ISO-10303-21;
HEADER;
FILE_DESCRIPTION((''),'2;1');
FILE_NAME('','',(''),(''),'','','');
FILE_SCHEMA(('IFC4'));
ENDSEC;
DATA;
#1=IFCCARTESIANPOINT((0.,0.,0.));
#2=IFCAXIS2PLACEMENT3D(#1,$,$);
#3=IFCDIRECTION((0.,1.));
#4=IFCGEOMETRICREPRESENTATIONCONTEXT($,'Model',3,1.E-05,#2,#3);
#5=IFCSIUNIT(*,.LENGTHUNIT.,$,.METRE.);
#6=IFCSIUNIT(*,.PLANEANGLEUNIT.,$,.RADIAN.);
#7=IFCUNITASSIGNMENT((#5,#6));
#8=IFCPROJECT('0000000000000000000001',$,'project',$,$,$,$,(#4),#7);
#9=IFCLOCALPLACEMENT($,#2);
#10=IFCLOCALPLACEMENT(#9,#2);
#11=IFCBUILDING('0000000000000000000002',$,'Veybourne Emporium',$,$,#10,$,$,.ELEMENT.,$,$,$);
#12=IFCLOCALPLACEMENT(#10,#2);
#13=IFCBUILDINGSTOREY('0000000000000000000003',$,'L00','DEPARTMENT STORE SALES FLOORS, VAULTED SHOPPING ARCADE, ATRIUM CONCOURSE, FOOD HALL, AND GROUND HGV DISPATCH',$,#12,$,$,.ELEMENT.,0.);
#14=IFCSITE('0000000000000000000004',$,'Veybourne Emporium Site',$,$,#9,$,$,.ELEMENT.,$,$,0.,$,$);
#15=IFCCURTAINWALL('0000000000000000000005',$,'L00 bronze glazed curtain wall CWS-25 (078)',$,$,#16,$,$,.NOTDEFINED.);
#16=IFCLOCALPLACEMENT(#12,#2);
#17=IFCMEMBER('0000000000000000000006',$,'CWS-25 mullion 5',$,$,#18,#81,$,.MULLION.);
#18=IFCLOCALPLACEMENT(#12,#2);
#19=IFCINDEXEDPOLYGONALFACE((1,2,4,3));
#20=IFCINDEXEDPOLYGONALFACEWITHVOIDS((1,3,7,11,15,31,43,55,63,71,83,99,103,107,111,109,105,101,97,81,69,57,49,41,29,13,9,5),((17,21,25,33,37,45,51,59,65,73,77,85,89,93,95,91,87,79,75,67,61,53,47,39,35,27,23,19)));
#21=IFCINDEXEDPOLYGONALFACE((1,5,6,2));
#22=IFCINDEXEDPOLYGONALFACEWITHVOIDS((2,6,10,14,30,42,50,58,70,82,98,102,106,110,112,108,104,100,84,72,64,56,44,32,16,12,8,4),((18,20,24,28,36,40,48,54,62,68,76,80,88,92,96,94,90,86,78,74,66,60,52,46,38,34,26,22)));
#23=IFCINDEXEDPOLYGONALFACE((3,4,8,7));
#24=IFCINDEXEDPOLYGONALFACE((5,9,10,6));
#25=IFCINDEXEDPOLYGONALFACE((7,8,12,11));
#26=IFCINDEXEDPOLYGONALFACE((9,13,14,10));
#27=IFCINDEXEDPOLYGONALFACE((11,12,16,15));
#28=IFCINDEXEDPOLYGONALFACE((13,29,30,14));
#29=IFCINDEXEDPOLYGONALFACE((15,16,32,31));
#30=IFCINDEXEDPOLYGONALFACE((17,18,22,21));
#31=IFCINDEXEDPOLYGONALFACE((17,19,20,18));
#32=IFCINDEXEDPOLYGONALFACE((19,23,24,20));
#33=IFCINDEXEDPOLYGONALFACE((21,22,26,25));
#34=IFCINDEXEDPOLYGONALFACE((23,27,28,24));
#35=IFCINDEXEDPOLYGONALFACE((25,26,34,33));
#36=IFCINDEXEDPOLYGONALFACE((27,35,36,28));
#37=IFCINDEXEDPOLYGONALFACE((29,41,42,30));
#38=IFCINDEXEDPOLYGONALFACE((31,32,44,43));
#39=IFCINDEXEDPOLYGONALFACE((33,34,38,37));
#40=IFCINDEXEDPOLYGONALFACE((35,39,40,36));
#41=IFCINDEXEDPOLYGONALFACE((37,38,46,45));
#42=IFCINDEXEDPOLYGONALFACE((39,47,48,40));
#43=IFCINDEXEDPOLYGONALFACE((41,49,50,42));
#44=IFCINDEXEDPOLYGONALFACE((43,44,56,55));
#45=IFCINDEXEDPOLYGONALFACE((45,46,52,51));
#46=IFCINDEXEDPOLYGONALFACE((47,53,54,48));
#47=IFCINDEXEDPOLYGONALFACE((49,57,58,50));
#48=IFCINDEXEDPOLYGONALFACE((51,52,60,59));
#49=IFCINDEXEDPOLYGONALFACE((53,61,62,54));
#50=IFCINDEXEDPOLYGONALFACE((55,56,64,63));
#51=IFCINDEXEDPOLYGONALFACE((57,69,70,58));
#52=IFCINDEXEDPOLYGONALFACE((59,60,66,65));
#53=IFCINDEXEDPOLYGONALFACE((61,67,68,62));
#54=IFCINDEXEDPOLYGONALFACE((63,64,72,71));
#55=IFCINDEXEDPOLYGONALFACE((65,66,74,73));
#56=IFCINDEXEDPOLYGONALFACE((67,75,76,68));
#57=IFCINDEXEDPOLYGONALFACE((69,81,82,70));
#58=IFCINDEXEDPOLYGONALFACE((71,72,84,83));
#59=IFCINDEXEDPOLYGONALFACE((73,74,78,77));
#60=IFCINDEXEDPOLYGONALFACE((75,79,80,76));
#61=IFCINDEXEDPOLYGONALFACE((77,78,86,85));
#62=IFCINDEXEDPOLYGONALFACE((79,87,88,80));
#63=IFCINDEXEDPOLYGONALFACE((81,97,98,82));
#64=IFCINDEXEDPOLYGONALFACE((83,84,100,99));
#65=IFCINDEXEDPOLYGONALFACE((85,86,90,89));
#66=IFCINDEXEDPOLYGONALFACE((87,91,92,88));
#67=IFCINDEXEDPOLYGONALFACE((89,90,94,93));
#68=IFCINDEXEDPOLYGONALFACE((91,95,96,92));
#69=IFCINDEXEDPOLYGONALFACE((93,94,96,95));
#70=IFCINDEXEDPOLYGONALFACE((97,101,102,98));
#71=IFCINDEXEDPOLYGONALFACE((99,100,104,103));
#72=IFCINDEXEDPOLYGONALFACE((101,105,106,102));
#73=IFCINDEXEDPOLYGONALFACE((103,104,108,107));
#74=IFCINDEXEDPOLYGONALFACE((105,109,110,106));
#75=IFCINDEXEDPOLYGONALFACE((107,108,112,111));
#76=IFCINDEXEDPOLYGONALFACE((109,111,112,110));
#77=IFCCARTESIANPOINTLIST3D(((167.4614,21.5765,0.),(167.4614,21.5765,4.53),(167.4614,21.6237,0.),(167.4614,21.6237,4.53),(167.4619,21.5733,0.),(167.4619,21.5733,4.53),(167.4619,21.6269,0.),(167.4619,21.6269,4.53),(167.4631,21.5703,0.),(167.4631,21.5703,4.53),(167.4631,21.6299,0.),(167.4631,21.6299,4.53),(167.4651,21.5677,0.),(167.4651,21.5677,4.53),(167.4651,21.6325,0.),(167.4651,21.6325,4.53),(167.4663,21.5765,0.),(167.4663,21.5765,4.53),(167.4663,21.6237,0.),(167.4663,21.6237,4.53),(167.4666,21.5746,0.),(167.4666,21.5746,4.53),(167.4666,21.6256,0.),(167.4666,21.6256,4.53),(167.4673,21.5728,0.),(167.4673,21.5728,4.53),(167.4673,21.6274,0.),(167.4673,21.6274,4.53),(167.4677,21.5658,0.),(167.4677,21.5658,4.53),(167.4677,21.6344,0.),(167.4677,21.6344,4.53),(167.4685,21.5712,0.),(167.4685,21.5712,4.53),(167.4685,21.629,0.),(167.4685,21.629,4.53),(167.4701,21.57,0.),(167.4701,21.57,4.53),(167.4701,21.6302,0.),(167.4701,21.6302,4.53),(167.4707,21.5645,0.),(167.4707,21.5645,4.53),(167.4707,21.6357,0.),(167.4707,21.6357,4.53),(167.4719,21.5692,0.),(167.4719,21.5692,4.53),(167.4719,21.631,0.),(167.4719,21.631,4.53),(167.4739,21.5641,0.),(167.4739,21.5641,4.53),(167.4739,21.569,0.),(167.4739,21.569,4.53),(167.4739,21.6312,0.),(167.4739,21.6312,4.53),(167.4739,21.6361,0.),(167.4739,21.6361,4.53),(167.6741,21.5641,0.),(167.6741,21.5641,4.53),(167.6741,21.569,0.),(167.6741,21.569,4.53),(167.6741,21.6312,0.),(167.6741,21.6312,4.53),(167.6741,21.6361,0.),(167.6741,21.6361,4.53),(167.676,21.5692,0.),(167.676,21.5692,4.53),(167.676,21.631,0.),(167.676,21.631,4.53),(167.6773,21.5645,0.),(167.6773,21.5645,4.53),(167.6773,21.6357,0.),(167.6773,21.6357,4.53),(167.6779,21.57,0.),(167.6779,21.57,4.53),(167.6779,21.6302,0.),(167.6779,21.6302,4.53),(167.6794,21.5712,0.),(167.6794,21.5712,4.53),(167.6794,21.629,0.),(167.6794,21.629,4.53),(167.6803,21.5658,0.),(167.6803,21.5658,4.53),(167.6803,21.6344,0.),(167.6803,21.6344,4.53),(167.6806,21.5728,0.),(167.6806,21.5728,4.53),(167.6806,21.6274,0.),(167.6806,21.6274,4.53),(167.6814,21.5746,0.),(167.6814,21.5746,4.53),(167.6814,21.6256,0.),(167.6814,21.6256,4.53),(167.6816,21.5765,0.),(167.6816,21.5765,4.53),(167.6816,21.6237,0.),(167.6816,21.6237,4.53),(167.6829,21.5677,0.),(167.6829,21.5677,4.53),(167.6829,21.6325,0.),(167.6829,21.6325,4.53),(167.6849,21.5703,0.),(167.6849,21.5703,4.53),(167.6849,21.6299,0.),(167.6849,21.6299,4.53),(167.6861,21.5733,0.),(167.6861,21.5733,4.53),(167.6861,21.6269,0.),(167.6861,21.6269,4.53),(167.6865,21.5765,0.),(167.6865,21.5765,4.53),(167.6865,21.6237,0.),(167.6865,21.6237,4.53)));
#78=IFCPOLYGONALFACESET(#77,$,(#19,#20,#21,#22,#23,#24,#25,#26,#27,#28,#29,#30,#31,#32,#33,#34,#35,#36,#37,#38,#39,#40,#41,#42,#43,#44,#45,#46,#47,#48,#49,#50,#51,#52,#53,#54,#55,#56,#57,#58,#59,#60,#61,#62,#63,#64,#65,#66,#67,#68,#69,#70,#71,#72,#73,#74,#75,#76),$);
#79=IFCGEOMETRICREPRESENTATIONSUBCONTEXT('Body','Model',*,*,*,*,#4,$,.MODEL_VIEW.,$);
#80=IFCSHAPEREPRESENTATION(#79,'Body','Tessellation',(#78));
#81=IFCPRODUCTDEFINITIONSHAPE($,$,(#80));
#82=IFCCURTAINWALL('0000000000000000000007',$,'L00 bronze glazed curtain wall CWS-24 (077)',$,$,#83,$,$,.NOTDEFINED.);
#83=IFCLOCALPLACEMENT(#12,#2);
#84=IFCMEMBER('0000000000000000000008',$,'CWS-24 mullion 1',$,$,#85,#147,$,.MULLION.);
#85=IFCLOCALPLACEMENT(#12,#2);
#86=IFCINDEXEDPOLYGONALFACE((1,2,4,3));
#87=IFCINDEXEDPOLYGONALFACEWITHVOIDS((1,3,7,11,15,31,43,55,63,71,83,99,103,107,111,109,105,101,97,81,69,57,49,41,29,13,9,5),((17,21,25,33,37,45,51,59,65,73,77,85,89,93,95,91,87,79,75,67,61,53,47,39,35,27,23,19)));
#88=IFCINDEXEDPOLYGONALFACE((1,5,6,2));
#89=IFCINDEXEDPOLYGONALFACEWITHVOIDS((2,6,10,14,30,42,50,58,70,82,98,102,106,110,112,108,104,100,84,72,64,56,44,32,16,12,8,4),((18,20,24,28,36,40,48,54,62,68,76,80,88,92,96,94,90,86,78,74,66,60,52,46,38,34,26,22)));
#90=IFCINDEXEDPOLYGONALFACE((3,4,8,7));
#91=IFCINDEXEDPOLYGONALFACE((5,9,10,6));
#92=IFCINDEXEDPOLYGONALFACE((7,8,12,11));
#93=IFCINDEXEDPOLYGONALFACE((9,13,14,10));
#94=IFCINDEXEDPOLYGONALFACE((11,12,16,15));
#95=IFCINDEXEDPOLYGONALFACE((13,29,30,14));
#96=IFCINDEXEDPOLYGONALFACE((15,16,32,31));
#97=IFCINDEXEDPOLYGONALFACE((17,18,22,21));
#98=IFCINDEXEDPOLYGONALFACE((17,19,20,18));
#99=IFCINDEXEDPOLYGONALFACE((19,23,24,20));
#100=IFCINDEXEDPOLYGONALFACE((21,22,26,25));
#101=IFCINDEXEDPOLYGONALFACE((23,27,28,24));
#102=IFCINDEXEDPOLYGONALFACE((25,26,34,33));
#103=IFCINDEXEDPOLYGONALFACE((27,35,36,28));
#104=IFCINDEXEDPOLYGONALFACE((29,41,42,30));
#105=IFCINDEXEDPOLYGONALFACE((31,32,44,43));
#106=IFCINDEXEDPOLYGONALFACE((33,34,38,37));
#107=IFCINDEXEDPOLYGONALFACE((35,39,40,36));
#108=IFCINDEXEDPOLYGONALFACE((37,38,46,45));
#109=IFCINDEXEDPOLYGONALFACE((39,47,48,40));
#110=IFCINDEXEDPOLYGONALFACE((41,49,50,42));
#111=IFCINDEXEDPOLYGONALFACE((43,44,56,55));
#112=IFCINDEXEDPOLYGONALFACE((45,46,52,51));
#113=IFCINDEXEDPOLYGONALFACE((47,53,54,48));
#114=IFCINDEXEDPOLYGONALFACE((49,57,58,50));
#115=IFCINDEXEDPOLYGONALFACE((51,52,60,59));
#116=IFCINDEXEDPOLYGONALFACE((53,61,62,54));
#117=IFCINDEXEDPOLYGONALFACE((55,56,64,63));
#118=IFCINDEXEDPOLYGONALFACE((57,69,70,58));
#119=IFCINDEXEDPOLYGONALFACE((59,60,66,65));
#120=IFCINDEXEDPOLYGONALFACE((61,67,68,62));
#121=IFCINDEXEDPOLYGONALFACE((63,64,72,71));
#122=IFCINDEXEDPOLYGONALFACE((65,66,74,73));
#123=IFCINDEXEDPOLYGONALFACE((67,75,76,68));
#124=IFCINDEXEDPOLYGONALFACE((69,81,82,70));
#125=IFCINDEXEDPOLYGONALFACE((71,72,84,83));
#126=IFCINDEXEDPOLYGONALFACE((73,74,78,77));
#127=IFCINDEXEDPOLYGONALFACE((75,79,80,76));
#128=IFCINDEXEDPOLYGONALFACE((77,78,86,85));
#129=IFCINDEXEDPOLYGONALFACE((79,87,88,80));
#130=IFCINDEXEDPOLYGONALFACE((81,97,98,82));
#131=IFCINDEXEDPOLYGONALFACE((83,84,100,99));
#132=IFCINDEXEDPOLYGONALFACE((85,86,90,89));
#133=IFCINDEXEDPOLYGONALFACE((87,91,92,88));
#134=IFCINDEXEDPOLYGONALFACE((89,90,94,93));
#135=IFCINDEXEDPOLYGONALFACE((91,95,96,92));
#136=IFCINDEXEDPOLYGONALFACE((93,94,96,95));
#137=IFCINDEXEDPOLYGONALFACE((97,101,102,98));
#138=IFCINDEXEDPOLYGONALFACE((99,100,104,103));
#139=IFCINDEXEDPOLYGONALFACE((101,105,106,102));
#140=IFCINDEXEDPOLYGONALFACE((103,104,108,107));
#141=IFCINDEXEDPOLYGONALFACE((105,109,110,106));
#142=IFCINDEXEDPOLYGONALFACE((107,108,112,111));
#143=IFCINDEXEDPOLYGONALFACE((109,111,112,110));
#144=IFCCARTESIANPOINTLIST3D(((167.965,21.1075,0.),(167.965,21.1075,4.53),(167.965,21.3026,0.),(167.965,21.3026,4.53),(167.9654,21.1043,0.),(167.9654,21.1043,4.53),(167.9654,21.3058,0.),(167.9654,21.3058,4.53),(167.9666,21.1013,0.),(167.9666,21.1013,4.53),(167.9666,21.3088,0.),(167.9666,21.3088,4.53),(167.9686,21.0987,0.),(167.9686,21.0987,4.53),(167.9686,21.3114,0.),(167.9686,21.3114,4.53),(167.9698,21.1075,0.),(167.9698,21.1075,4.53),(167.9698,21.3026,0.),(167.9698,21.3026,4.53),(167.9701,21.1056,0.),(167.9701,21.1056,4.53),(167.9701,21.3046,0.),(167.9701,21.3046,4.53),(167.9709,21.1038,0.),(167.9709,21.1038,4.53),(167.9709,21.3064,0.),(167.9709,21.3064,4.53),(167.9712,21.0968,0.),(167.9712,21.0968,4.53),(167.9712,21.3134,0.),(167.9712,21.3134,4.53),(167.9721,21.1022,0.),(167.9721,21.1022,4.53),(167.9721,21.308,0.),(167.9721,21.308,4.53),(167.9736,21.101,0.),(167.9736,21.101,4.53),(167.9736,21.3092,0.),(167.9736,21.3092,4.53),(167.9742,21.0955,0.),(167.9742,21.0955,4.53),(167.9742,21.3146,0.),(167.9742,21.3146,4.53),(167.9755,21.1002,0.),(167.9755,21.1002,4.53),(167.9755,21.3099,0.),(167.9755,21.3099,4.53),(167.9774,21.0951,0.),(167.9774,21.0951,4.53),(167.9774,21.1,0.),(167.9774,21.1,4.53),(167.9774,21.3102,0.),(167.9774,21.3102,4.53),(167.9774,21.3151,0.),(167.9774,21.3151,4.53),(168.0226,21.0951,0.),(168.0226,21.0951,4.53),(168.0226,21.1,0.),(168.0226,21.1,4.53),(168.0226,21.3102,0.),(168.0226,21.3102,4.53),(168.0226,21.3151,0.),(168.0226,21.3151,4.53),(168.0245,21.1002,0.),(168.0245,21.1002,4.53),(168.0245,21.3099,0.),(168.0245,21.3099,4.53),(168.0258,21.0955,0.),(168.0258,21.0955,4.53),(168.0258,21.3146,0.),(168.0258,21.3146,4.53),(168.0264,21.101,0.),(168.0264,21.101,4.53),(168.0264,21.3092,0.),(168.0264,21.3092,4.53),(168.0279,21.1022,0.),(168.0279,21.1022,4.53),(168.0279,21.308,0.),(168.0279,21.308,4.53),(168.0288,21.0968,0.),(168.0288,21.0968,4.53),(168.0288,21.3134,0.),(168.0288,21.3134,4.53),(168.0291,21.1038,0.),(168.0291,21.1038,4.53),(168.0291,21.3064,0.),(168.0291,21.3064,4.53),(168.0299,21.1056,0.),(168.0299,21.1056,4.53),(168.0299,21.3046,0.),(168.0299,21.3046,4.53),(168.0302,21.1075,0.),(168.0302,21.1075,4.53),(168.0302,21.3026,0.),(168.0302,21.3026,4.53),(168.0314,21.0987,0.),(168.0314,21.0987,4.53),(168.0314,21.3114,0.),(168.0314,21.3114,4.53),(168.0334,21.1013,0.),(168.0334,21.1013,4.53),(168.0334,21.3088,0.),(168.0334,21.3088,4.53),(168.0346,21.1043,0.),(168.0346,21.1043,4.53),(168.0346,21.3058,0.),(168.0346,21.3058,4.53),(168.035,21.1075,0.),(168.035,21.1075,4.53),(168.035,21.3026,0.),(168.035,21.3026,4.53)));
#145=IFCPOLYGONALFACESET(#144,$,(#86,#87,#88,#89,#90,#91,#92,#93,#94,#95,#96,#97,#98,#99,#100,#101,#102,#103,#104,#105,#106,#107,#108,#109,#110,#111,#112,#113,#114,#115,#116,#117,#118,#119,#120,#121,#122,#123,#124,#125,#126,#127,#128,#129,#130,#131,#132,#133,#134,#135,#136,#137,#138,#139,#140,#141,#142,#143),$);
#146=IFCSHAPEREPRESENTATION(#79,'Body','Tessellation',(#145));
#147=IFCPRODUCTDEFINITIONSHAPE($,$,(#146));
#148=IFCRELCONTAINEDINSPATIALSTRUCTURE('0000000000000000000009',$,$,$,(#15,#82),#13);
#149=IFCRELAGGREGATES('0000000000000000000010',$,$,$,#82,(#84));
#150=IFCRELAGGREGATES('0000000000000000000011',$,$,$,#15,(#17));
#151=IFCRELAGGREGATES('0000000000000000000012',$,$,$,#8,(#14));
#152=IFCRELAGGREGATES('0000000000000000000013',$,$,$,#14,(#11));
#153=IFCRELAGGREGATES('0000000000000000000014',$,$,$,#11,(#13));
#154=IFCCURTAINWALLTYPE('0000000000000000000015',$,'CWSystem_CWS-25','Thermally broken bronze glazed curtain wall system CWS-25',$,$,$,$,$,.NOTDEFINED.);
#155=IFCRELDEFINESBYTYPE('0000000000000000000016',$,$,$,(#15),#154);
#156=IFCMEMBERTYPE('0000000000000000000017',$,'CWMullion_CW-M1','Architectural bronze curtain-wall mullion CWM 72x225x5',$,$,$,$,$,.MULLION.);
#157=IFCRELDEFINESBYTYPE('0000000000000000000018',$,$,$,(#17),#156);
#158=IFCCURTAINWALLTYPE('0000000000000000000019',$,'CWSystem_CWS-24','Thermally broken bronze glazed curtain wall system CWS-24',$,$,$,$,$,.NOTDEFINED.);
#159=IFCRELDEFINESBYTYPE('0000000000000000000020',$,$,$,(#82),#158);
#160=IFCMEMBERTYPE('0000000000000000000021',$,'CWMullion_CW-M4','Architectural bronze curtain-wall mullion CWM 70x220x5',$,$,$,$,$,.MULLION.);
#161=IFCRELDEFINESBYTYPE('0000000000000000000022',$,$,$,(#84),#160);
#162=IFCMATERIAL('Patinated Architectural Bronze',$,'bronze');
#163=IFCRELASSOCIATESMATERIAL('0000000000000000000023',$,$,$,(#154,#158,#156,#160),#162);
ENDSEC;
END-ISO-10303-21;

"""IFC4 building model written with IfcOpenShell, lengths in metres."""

from ifc_helpers import new_model, si_unit, direction, frame, origin, origin_2d, place, context, subcontext, project, spatial, hollow_rectangle, extrude, material, material_profile, profile_set, type_object, element, aggregate, save


model = new_model("IFC4")

# Units and contexts
model_context = context("Model", 3, precision=1e-05, world=origin(), true_north=direction((0.0, 1.0)))
body_context = subcontext(model_context, "Body", "Model", "MODEL_VIEW")
ifc_project = project(units=[si_unit("LENGTHUNIT", "METRE"), si_unit("PLANEANGLEUNIT", "RADIAN")], contexts=[model_context])

# Site, building, storey
site_placement = place(None, origin())
site = spatial("IfcSite", under=ifc_project, at=site_placement, Name="Veybourne Emporium Site", CompositionType="ELEMENT", RefElevation=0.0)
building_placement = place(site_placement, origin())
building = spatial("IfcBuilding", under=site, at=building_placement, Name="Veybourne Emporium", CompositionType="ELEMENT")
storey_placement = place(building_placement, origin())
storey = spatial("IfcBuildingStorey", under=building, at=storey_placement, Name="L00", Description="DEPARTMENT STORE SALES FLOORS, VAULTED SHOPPING ARCADE, ATRIUM CONCOURSE, FOOD HALL, AND GROUND HGV DISPATCH", CompositionType="ELEMENT", Elevation=0.0)

# Curtain walls, members
ifc_material_1 = material(Name="Patinated Architectural Bronze", Category="bronze")
curtain_wall_type_1 = type_object("IfcCurtainWallType", Name="CWSystem_CWS-25", Description="Thermally broken bronze glazed curtain wall system CWS-25", PredefinedType="NOTDEFINED", material=ifc_material_1)
curtain_wall_1_placement = place(storey_placement, origin())
curtain_wall_1 = element("IfcCurtainWall", 1, at=curtain_wall_1_placement, inside=storey, type_object=curtain_wall_type_1, Name="L00 bronze glazed curtain wall CWS-25 (078)", PredefinedType="NOTDEFINED")
ifc_material_profile_1 = material_profile(ifc_material_1, hollow_rectangle(XDim=0.072, YDim=0.2251, WallThickness=0.0049, InnerFilletRadius=0.0076, OuterFilletRadius=0.0125, at=origin_2d()), Name="CWM 72x225x5")
ifc_profile_set_1 = profile_set([ifc_material_profile_1], Name="Patinated Architectural Bronze")
member_type_1 = type_object("IfcMemberType", Name="CWMullion_CW-M1", Description="Architectural bronze curtain-wall mullion CWM 72x225x5", PredefinedType="MULLION", material=ifc_profile_set_1)
member_1_placement = place(storey_placement, frame((167.574, 21.6001, 0.0), z_axis=(0.0, 0.0, 1.0), x_axis=(0.0, 1.0, 0.0)))
member_1 = element("IfcMember", 2, at=member_1_placement, type_object=member_type_1, Name="CWS-25 mullion 5", PredefinedType="MULLION", context=body_context, shape_type="SweptSolid", body=[
    extrude(hollow_rectangle(XDim=0.072, YDim=0.2251, WallThickness=0.0049, InnerFilletRadius=0.0076, OuterFilletRadius=0.0125, at=origin_2d()), origin(), (0.0, 0.0, 1.0), 4.53),
])
curtain_wall_type_2 = type_object("IfcCurtainWallType", Name="CWSystem_CWS-24", Description="Thermally broken bronze glazed curtain wall system CWS-24", PredefinedType="NOTDEFINED", material=ifc_material_1)
curtain_wall_2_placement = place(storey_placement, origin())
curtain_wall_2 = element("IfcCurtainWall", 3, at=curtain_wall_2_placement, inside=storey, type_object=curtain_wall_type_2, Name="L00 bronze glazed curtain wall CWS-24 (077)", PredefinedType="NOTDEFINED")
ifc_material_profile_2 = material_profile(ifc_material_1, hollow_rectangle(XDim=0.0701, YDim=0.22, WallThickness=0.0049, InnerFilletRadius=0.0076, OuterFilletRadius=0.0125, at=origin_2d()), Name="CWM 70x220x5")
ifc_profile_set_2 = profile_set([ifc_material_profile_2], Name="Patinated Architectural Bronze")
member_type_2 = type_object("IfcMemberType", Name="CWMullion_CW-M4", Description="Architectural bronze curtain-wall mullion CWM 70x220x5", PredefinedType="MULLION", material=ifc_profile_set_2)
member_2_placement = place(storey_placement, frame((168.0, 21.2051, 0.0), z_axis=(0.0, 0.0, 1.0), x_axis=(1.0, 0.0, 0.0)))
member_2 = element("IfcMember", 4, at=member_2_placement, type_object=member_type_2, Name="CWS-24 mullion 1", PredefinedType="MULLION", context=body_context, shape_type="SweptSolid", body=[
    extrude(hollow_rectangle(XDim=0.0701, YDim=0.22, WallThickness=0.0049, InnerFilletRadius=0.0076, OuterFilletRadius=0.0125, at=origin_2d()), origin(), (0.0, 0.0, 1.0), 4.53),
])

aggregate(curtain_wall_2, [member_2])
aggregate(curtain_wall_1, [member_1])

save(model, "model.ifc")
